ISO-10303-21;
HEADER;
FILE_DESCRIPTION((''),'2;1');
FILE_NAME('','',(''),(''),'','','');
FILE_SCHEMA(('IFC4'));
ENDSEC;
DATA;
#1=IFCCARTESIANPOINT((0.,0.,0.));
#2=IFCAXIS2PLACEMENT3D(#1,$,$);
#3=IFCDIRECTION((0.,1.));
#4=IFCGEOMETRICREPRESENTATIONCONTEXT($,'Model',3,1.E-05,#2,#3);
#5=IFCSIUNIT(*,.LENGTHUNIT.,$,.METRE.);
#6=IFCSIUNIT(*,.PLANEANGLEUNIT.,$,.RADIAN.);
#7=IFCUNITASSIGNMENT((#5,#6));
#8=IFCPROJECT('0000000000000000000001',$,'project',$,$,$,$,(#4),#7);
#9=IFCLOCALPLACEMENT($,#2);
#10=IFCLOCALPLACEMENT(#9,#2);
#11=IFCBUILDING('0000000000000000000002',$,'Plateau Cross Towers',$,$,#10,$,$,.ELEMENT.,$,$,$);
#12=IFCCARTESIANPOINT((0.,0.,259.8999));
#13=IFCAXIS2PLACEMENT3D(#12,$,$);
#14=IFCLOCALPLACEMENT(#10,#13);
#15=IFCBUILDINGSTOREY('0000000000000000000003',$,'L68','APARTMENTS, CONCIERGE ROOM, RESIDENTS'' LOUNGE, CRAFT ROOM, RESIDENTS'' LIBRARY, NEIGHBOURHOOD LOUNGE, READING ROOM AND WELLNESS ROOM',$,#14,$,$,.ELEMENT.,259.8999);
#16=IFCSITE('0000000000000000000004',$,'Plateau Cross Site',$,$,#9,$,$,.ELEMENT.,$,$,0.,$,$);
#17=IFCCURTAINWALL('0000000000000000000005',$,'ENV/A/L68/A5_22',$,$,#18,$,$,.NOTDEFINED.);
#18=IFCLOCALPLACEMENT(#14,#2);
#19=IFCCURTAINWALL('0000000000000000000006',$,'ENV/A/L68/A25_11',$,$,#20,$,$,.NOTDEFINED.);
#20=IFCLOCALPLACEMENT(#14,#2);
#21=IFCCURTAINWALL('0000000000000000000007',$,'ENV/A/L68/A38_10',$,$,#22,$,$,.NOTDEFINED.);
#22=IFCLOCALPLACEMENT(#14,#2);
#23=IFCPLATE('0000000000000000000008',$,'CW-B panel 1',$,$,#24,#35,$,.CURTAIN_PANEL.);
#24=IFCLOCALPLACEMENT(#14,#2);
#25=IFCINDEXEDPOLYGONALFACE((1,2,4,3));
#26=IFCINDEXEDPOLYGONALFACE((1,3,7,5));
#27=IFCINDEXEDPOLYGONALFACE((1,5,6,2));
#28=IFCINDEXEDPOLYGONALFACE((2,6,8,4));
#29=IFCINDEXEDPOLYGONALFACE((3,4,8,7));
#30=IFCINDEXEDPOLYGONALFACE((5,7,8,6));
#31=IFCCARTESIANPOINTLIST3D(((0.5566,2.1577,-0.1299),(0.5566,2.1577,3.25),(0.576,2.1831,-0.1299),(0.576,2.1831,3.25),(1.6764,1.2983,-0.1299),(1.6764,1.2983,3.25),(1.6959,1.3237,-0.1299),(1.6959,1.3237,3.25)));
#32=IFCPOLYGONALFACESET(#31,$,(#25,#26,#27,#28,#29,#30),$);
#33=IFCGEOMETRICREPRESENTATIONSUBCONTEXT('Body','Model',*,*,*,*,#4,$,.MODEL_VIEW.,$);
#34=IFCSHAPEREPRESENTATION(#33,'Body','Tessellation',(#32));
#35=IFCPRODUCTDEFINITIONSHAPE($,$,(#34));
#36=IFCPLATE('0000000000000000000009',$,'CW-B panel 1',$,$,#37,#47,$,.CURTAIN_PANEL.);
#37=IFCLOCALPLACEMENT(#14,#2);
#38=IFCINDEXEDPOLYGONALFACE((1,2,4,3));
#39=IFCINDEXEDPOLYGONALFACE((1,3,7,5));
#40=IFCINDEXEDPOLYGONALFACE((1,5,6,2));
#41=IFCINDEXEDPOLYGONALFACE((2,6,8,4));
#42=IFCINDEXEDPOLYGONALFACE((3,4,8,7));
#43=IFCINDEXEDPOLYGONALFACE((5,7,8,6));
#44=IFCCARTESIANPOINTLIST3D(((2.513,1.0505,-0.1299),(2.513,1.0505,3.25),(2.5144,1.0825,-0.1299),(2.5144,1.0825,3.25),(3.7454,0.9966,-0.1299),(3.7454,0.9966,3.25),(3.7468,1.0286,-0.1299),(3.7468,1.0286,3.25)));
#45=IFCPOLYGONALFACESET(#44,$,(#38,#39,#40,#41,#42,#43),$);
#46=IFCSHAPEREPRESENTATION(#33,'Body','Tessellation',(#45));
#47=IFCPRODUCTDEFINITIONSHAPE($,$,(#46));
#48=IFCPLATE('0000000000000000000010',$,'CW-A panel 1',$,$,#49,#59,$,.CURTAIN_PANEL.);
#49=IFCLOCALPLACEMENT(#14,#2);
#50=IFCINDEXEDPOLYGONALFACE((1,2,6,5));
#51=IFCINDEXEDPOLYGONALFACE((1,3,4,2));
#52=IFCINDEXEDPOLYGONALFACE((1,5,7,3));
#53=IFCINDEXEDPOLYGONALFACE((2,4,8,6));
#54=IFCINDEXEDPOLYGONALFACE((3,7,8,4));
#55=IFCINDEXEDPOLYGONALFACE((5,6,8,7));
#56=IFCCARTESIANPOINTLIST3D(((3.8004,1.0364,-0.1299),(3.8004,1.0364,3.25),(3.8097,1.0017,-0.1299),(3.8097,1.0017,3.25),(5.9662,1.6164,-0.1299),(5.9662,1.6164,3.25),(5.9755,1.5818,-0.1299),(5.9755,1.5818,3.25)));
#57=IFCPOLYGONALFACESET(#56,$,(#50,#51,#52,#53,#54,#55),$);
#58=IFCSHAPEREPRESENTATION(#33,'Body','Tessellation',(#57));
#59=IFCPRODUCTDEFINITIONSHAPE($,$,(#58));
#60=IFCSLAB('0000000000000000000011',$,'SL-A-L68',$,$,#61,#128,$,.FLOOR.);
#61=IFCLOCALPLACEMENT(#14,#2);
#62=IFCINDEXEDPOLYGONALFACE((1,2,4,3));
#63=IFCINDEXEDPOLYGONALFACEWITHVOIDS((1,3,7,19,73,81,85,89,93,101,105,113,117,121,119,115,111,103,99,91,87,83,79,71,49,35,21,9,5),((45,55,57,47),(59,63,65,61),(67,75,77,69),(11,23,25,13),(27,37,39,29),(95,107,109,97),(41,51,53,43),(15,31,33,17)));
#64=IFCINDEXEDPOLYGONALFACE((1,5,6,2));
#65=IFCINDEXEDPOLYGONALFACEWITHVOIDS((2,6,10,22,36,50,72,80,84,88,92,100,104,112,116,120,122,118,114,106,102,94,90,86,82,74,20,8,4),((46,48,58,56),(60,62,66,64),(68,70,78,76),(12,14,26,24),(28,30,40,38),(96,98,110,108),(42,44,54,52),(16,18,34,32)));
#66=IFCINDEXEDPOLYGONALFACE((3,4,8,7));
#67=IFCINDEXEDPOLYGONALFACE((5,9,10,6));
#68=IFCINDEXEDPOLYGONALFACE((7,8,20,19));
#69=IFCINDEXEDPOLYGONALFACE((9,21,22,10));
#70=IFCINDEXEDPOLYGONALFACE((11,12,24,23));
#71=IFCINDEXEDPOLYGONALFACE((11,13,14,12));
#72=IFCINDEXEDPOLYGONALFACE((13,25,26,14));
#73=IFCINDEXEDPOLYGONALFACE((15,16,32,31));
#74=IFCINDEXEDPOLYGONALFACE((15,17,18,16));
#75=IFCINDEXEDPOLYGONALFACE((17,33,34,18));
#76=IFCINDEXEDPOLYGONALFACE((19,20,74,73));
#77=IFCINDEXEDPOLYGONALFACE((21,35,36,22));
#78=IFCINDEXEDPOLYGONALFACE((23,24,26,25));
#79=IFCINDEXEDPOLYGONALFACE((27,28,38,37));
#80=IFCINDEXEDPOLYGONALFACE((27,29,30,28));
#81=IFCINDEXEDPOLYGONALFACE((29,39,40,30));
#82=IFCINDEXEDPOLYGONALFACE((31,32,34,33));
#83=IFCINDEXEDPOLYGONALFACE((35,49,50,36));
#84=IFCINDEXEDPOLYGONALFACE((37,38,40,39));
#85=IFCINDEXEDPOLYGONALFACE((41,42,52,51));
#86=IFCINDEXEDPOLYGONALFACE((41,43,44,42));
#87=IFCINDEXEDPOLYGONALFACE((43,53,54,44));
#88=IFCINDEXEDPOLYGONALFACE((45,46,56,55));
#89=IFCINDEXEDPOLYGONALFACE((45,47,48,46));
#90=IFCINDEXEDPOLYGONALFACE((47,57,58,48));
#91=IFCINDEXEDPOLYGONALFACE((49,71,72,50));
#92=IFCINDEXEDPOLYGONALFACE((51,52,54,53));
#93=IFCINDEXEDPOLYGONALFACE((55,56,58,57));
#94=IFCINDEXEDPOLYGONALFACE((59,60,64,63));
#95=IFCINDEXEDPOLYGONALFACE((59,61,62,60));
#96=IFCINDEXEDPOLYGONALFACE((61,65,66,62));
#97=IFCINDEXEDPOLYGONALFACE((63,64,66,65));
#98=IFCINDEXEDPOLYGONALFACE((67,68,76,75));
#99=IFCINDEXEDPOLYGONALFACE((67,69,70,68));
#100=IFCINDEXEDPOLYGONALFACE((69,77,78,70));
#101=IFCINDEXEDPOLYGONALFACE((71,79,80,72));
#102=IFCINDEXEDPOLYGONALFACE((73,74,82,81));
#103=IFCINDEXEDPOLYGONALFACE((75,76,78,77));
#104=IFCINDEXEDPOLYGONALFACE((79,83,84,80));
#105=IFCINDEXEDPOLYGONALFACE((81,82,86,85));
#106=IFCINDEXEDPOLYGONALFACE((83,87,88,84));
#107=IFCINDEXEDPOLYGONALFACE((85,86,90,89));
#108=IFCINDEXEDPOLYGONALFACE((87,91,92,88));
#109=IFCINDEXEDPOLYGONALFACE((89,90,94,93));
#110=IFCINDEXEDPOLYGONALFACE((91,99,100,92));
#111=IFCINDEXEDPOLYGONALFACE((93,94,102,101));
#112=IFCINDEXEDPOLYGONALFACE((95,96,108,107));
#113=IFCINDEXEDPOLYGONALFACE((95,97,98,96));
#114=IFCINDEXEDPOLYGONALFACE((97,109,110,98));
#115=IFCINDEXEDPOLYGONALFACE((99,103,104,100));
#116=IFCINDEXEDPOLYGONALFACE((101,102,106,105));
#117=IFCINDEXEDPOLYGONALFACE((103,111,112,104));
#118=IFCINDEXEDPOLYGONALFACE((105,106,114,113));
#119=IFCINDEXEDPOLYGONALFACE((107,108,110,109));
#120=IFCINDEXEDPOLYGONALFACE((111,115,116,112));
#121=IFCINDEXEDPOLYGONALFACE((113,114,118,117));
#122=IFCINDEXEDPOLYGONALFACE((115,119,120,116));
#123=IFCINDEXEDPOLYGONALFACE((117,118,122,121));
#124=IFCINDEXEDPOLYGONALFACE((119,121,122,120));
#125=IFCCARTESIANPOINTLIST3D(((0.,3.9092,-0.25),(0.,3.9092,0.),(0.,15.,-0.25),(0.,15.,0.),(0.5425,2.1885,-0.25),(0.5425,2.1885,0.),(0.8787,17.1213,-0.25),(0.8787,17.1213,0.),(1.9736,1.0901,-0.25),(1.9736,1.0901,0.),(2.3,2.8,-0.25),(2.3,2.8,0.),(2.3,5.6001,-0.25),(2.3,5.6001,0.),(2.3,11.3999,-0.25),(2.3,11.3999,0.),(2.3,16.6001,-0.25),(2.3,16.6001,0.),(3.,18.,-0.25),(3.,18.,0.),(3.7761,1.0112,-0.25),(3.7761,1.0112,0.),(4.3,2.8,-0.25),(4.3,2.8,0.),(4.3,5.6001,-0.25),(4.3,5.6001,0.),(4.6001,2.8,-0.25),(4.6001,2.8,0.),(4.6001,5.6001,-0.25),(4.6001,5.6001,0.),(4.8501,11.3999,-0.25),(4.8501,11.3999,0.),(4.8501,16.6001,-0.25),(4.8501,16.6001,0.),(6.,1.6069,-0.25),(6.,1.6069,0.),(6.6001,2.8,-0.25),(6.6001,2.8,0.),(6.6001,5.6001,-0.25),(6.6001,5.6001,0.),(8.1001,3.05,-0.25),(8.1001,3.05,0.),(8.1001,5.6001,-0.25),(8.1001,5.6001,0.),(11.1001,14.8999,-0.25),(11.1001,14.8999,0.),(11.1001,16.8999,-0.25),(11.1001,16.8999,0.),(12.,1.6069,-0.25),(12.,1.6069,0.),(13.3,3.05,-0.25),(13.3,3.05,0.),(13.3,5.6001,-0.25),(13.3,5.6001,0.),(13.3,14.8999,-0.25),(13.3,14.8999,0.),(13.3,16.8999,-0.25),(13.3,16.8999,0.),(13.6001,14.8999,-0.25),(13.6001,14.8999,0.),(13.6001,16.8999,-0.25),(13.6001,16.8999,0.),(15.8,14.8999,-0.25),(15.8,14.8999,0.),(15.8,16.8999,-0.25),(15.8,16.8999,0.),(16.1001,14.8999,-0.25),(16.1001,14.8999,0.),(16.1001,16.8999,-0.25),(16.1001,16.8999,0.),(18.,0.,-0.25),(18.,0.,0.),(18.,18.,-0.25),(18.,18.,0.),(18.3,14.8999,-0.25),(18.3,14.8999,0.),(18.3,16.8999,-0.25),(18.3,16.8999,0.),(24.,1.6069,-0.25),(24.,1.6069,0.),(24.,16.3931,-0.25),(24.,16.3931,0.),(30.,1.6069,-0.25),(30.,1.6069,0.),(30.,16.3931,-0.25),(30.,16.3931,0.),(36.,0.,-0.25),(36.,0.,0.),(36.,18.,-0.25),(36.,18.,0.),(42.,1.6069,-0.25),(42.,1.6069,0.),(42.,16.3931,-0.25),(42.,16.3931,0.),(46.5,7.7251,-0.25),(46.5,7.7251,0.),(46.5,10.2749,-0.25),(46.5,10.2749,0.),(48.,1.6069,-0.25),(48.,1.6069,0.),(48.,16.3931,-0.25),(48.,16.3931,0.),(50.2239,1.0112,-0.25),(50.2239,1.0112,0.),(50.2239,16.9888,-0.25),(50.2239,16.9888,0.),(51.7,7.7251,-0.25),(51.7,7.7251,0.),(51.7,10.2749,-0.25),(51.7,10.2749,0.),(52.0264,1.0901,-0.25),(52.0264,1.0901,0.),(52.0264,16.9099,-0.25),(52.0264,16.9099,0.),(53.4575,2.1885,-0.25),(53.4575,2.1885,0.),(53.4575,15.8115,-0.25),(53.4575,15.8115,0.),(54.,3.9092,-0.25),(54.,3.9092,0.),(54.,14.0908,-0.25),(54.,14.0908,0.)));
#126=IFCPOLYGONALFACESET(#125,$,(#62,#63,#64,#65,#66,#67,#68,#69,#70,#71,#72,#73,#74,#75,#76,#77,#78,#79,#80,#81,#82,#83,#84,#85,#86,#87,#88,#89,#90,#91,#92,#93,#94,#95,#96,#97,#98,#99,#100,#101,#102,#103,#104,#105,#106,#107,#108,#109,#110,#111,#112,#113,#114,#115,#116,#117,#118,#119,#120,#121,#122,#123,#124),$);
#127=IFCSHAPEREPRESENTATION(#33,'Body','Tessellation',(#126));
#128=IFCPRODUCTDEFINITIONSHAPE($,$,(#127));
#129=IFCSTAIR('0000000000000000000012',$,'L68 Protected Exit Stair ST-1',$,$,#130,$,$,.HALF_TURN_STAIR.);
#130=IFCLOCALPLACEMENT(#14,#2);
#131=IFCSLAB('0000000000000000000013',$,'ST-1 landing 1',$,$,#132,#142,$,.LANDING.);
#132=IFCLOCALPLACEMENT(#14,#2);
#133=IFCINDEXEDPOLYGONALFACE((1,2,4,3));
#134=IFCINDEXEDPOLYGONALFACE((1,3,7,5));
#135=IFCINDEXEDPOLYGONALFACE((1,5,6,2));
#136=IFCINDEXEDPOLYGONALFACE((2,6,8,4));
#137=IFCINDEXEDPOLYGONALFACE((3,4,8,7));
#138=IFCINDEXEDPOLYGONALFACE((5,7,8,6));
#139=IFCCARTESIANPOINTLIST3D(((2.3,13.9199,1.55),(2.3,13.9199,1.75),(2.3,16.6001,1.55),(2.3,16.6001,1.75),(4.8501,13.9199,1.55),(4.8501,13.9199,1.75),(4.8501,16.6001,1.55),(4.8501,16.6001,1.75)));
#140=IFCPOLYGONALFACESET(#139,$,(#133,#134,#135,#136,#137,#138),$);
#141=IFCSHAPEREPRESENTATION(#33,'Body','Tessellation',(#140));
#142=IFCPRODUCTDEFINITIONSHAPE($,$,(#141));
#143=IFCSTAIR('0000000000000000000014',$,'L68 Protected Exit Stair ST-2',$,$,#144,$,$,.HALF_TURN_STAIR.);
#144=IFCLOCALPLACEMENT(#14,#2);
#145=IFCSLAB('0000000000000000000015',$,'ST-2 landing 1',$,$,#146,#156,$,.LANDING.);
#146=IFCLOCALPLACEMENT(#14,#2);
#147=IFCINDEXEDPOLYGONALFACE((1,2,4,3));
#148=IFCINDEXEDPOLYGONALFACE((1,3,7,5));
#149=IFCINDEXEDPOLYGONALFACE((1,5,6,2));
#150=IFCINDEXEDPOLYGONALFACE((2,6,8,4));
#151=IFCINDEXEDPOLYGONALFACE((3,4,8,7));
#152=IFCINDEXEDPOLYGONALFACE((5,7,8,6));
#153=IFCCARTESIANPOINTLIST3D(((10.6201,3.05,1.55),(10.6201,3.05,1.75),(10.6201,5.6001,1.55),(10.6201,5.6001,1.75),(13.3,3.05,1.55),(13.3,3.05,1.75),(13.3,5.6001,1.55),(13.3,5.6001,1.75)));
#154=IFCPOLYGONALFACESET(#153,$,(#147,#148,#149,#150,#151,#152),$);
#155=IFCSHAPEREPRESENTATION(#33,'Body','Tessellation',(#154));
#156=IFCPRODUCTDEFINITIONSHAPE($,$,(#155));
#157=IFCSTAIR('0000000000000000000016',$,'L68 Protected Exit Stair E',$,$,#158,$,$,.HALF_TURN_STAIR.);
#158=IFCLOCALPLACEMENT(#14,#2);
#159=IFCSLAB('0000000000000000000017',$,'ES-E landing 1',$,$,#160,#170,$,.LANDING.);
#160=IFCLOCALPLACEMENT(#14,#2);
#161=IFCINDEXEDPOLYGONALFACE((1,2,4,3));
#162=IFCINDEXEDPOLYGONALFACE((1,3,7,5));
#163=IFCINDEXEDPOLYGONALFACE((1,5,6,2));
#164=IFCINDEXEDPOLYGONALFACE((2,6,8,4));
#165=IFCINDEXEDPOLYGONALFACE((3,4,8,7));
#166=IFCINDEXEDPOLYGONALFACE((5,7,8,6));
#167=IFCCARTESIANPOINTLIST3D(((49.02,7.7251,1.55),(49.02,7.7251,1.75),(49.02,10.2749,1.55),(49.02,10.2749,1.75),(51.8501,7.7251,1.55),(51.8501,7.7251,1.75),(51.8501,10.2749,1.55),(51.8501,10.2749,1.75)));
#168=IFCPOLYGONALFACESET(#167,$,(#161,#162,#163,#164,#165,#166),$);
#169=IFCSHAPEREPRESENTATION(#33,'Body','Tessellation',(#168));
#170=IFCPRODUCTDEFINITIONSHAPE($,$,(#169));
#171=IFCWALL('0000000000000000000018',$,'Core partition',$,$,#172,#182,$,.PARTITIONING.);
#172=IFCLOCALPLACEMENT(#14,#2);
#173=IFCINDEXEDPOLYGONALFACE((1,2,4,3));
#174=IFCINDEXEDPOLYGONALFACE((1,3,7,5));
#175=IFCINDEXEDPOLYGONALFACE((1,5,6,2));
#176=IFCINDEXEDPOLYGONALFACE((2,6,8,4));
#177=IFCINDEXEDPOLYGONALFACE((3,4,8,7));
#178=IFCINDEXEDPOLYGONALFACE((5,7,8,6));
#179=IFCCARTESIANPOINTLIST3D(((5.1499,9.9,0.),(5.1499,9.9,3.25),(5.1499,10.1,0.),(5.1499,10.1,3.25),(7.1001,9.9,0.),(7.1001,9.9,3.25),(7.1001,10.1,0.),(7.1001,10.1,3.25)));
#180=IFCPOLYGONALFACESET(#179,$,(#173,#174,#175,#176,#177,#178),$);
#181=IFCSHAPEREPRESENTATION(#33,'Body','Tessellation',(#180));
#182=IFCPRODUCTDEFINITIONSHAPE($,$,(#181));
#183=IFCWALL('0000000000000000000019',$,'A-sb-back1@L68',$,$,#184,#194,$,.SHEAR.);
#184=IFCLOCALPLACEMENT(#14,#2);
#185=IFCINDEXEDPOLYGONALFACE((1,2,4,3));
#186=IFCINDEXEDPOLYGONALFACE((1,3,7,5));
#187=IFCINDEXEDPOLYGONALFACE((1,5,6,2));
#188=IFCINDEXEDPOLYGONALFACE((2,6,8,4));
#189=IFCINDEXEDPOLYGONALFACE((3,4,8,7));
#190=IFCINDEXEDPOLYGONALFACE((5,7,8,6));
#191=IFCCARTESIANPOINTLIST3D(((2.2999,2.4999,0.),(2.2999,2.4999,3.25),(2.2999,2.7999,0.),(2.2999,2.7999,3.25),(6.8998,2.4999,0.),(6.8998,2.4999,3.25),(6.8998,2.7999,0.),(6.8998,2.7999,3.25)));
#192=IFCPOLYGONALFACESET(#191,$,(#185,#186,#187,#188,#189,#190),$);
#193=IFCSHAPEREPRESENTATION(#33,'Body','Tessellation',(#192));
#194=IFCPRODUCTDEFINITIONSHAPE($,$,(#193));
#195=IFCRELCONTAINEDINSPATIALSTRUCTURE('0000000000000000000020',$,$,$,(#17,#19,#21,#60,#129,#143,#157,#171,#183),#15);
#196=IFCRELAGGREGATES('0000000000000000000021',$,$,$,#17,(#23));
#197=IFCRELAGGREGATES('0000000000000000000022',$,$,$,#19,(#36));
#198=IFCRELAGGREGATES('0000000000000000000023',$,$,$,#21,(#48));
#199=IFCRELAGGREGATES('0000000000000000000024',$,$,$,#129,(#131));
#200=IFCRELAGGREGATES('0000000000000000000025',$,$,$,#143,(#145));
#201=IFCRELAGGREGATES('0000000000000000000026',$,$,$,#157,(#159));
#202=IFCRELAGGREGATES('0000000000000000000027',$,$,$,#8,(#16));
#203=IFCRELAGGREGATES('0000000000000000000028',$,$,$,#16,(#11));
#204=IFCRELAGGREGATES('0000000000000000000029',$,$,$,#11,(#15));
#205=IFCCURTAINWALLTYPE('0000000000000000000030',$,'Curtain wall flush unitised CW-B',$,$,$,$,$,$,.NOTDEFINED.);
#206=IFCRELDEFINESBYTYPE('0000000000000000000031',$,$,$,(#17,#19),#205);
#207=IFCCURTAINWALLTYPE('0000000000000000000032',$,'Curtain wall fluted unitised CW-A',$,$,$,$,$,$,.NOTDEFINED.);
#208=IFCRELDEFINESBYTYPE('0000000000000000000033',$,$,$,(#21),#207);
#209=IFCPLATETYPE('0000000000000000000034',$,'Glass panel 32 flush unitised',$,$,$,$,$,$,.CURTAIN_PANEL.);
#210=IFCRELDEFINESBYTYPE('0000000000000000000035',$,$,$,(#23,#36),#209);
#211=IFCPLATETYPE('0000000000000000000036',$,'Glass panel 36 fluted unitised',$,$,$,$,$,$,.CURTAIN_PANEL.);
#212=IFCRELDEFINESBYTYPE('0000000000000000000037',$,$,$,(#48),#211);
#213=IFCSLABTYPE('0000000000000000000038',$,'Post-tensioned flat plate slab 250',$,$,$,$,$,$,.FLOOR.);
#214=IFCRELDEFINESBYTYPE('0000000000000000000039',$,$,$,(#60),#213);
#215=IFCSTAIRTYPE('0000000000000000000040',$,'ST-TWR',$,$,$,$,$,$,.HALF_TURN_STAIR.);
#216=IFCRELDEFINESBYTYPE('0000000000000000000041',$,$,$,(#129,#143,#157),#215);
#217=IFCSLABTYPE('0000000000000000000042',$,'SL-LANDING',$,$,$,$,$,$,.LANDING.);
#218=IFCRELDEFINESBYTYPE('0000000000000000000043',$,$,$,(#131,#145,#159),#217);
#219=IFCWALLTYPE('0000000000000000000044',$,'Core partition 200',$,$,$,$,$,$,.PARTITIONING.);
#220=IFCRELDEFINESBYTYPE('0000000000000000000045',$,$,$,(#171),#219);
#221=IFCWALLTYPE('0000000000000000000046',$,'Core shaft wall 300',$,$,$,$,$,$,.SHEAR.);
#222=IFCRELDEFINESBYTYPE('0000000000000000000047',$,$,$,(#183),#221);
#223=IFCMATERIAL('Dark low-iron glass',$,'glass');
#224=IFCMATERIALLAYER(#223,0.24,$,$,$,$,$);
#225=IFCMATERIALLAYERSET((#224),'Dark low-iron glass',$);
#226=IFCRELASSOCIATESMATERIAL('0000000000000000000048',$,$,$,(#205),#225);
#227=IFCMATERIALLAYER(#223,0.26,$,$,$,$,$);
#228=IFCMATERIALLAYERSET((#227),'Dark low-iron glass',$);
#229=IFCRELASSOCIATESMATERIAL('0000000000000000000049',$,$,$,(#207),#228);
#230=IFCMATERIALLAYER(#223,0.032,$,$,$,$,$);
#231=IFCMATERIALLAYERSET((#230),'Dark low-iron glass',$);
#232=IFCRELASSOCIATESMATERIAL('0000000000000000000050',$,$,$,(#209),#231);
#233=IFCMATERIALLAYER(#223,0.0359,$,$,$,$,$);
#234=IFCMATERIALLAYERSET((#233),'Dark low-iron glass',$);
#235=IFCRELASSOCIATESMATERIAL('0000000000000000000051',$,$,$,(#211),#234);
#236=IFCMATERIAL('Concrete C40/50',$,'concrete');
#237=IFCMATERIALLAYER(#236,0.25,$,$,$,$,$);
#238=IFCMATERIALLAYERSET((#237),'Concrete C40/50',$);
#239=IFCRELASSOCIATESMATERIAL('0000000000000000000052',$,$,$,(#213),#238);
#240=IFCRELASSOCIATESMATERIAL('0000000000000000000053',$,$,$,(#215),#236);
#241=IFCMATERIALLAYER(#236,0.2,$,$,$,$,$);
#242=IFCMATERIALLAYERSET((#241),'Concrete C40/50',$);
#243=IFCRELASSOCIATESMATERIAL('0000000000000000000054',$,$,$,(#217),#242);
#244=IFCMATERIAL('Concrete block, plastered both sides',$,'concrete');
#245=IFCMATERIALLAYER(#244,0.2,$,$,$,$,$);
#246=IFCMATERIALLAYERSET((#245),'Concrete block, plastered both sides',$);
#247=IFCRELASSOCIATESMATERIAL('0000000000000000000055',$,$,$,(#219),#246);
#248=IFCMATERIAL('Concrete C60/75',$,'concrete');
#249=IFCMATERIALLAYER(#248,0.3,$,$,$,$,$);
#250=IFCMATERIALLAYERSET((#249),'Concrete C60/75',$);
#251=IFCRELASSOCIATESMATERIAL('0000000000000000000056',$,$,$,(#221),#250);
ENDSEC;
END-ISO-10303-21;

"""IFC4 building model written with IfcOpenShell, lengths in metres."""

from ifc_helpers import new_model, si_unit, direction, frame, frame_2d, origin, origin_2d, place, context, subcontext, project, spatial, polyline, rectangle, outline, extrude, material, layer, layer_set, type_object, element, aggregate, save


model = new_model("IFC4")

# Units and contexts
model_context = context("Model", 3, precision=1e-05, world=origin(), true_north=direction((0.0, 1.0)))
body_context = subcontext(model_context, "Body", "Model", "MODEL_VIEW")
ifc_project = project(units=[si_unit("LENGTHUNIT", "METRE"), si_unit("PLANEANGLEUNIT", "RADIAN")], contexts=[model_context])

# Site, building, storey
site_placement = place(None, origin())
site = spatial("IfcSite", under=ifc_project, at=site_placement, Name="Plateau Cross Site", CompositionType="ELEMENT", RefElevation=0.0)
building_placement = place(site_placement, origin())
building = spatial("IfcBuilding", under=site, at=building_placement, Name="Plateau Cross Towers", CompositionType="ELEMENT")
storey_placement = place(building_placement, frame((0.0, 0.0, 259.8999)))
storey = spatial("IfcBuildingStorey", under=building, at=storey_placement, Name="L68", Description="APARTMENTS, CONCIERGE ROOM, RESIDENTS' LOUNGE, CRAFT ROOM, RESIDENTS' LIBRARY, NEIGHBOURHOOD LOUNGE, READING ROOM AND WELLNESS ROOM", CompositionType="ELEMENT", Elevation=259.8999)

# Shared definitions
ifc_material_1 = material(Name="Concrete C60/75", Category="concrete")

# Shared definitions
ifc_material_2 = material(Name="Dark low-iron glass", Category="glass")
ifc_layer_1 = layer(ifc_material_2, 0.24)
ifc_layer_set_1 = layer_set([ifc_layer_1], Name="Dark low-iron glass")
curtain_wall_type_1 = type_object("IfcCurtainWallType", Name="Curtain wall flush unitised CW-B", PredefinedType="NOTDEFINED", material=ifc_layer_set_1)

# Curtain wall
curtain_wall_1_placement = place(storey_placement, origin())
curtain_wall_1 = element("IfcCurtainWall", 1, at=curtain_wall_1_placement, inside=storey, type_object=curtain_wall_type_1, Name="ENV/A/L68/A5_22", PredefinedType="NOTDEFINED")

# Curtain walls
curtain_wall_2_placement = place(storey_placement, origin())
curtain_wall_2 = element("IfcCurtainWall", 2, at=curtain_wall_2_placement, inside=storey, type_object=curtain_wall_type_1, Name="ENV/A/L68/A25_11", PredefinedType="NOTDEFINED")
ifc_layer_2 = layer(ifc_material_2, 0.26)
ifc_layer_set_2 = layer_set([ifc_layer_2], Name="Dark low-iron glass")
curtain_wall_type_2 = type_object("IfcCurtainWallType", Name="Curtain wall fluted unitised CW-A", PredefinedType="NOTDEFINED", material=ifc_layer_set_2)
curtain_wall_3_placement = place(storey_placement, origin())
curtain_wall_3 = element("IfcCurtainWall", 3, at=curtain_wall_3_placement, inside=storey, type_object=curtain_wall_type_2, Name="ENV/A/L68/A38_10", PredefinedType="NOTDEFINED")

# Plates
ifc_layer_3 = layer(ifc_material_2, 0.032)
ifc_layer_set_3 = layer_set([ifc_layer_3], Name="Dark low-iron glass")
plate_type_1 = type_object("IfcPlateType", Name="Glass panel 32 flush unitised", PredefinedType="CURTAIN_PANEL", material=ifc_layer_set_3)
plate_1_placement = place(storey_placement, frame((1.1262, 1.7407, -0.1299), z_axis=(0.0, 0.0, 1.0), x_axis=(0.793316, -0.608811, 0.0)))
plate_1 = element("IfcPlate", 4, at=plate_1_placement, type_object=plate_type_1, Name="CW-B panel 1", PredefinedType="CURTAIN_PANEL", context=body_context, shape_type="SweptSolid", body=[
    extrude(rectangle(XDim=1.4116, YDim=0.032, at=origin_2d()), origin(), (0.0, 0.0, 1.0), 3.3799),
])
aggregate(curtain_wall_1, [plate_1])
plate_2_placement = place(storey_placement, frame((3.1299, 1.0396, -0.1299), z_axis=(0.0, 0.0, 1.0), x_axis=(0.999044, -0.043723, 0.0)))
plate_2 = element("IfcPlate", 5, at=plate_2_placement, type_object=plate_type_1, Name="CW-B panel 1", PredefinedType="CURTAIN_PANEL", context=body_context, shape_type="SweptSolid", body=[
    extrude(rectangle(XDim=1.2336, YDim=0.032, at=origin_2d()), origin(), (0.0, 0.0, 1.0), 3.3799),
])
aggregate(curtain_wall_2, [plate_2])
ifc_layer_4 = layer(ifc_material_2, 0.0359)
ifc_layer_set_4 = layer_set([ifc_layer_4], Name="Dark low-iron glass")
plate_type_2 = type_object("IfcPlateType", Name="Glass panel 36 fluted unitised", PredefinedType="CURTAIN_PANEL", material=ifc_layer_set_4)
plate_3_placement = place(storey_placement, frame((4.8879, 1.3091, -0.1299), z_axis=(0.0, 0.0, 1.0), x_axis=(0.965958, 0.258699, 0.0)))
plate_3 = element("IfcPlate", 6, at=plate_3_placement, type_object=plate_type_2, Name="CW-A panel 1", PredefinedType="CURTAIN_PANEL", context=body_context, shape_type="SweptSolid", body=[
    extrude(rectangle(XDim=2.2422, YDim=0.0359, at=origin_2d()), origin(), (0.0, 0.0, 1.0), 3.3799),
])
aggregate(curtain_wall_3, [plate_3])

# Slab
ifc_material_3 = material(Name="Concrete C40/50", Category="concrete")
ifc_layer_5 = layer(ifc_material_3, 0.25)
ifc_layer_set_5 = layer_set([ifc_layer_5], Name="Concrete C40/50")
slab_type_1 = type_object("IfcSlabType", Name="Post-tensioned flat plate slab 250", PredefinedType="FLOOR", material=ifc_layer_set_5)
slab_1_placement = place(storey_placement, frame((0.0, 0.0, -0.25)))
element("IfcSlab", 7, at=slab_1_placement, inside=storey, type_object=slab_type_1, Name="SL-A-L68", PredefinedType="FLOOR", context=body_context, shape_type="SweptSolid", body=[
    extrude(outline(polyline([(1.9736, 1.0901), (0.5425, 2.1885), (0.0, 3.9092), (0.0, 15.0), (0.8787, 17.1213), (3.0, 18.0), (18.0, 18.0), (24.0, 16.3931), (30.0, 16.3931), (36.0, 18.0), (42.0, 16.3931), (48.0, 16.3931), (50.2239, 16.9888), (52.0264, 16.9099), (53.4575, 15.8115), (54.0, 14.0908), (54.0, 3.9092), (53.4575, 2.1885), (52.0264, 1.0901), (50.2239, 1.0112), (48.0, 1.6069), (42.0, 1.6069), (36.0, 0.0), (30.0, 1.6069), (24.0, 1.6069), (18.0, 0.0), (12.0, 1.6069), (6.0, 1.6069), (3.7761, 1.0112), (1.9736, 1.0901)]), holes=[polyline([(4.3, 5.6001), (2.3, 5.6001), (2.3, 2.8), (4.3, 2.8), (4.3, 5.6001)]), polyline([(6.6001, 5.6001), (4.6001, 5.6001), (4.6001, 2.8), (6.6001, 2.8), (6.6001, 5.6001)]), polyline([(13.3, 5.6001), (8.1001, 5.6001), (8.1001, 3.05), (13.3, 3.05), (13.3, 5.6001)]), polyline([(51.7, 10.2749), (46.5, 10.2749), (46.5, 7.7251), (51.7, 7.7251), (51.7, 10.2749)]), polyline([(2.3, 16.6001), (2.3, 11.3999), (4.8501, 11.3999), (4.8501, 16.6001), (2.3, 16.6001)]), polyline([(13.3, 16.8999), (11.1001, 16.8999), (11.1001, 14.8999), (13.3, 14.8999), (13.3, 16.8999)]), polyline([(15.8, 16.8999), (13.6001, 16.8999), (13.6001, 14.8999), (15.8, 14.8999), (15.8, 16.8999)]), polyline([(18.3, 16.8999), (16.1001, 16.8999), (16.1001, 14.8999), (18.3, 14.8999), (18.3, 16.8999)])]), origin(), (0.0, 0.0, 1.0), 0.25),
])

# Stairs, slabs
stair_type = type_object("IfcStairType", Name="ST-TWR", PredefinedType="HALF_TURN_STAIR", material=ifc_material_3)
stair_1_placement = place(storey_placement, origin())
stair_1 = element("IfcStair", 8, at=stair_1_placement, inside=storey, type_object=stair_type, Name="L68 Protected Exit Stair ST-1", PredefinedType="HALF_TURN_STAIR")
ifc_layer_6 = layer(ifc_material_3, 0.2)
ifc_layer_set_6 = layer_set([ifc_layer_6], Name="Concrete C40/50")
slab_type_2 = type_object("IfcSlabType", Name="SL-LANDING", PredefinedType="LANDING", material=ifc_layer_set_6)
slab_2_placement = place(storey_placement, frame((0.0, 0.0, 1.55)))
slab_2 = element("IfcSlab", 9, at=slab_2_placement, type_object=slab_type_2, Name="ST-1 landing 1", PredefinedType="LANDING", context=body_context, shape_type="SweptSolid", body=[
    extrude(outline(polyline([(4.8501, 13.9199), (4.8501, 16.6001), (2.3, 16.6001), (2.3, 13.9199), (4.8501, 13.9199)])), origin(), (0.0, 0.0, 1.0), 0.2),
])
aggregate(stair_1, [slab_2])
stair_2_placement = place(storey_placement, origin())
stair_2 = element("IfcStair", 10, at=stair_2_placement, inside=storey, type_object=stair_type, Name="L68 Protected Exit Stair ST-2", PredefinedType="HALF_TURN_STAIR")
slab_3_placement = place(storey_placement, frame((0.0, 0.0, 1.55)))
slab_3 = element("IfcSlab", 11, at=slab_3_placement, type_object=slab_type_2, Name="ST-2 landing 1", PredefinedType="LANDING", context=body_context, shape_type="SweptSolid", body=[
    extrude(outline(polyline([(10.6201, 3.05), (13.3, 3.05), (13.3, 5.6001), (10.6201, 5.6001), (10.6201, 3.05)])), origin(), (0.0, 0.0, 1.0), 0.2),
])
aggregate(stair_2, [slab_3])
stair_3_placement = place(storey_placement, origin())
stair_3 = element("IfcStair", 12, at=stair_3_placement, inside=storey, type_object=stair_type, Name="L68 Protected Exit Stair E", PredefinedType="HALF_TURN_STAIR")
slab_4_placement = place(storey_placement, frame((0.0, 0.0, 1.55)))
slab_4 = element("IfcSlab", 13, at=slab_4_placement, type_object=slab_type_2, Name="ES-E landing 1", PredefinedType="LANDING", context=body_context, shape_type="SweptSolid", body=[
    extrude(outline(polyline([(49.02, 7.7251), (51.8501, 7.7251), (51.8501, 10.2749), (49.02, 10.2749), (49.02, 7.7251)])), origin(), (0.0, 0.0, 1.0), 0.2),
])
aggregate(stair_3, [slab_4])

# Walls
ifc_material_4 = material(Name="Concrete block, plastered both sides", Category="concrete")
ifc_layer_7 = layer(ifc_material_4, 0.2)
ifc_layer_set_7 = layer_set([ifc_layer_7], Name="Concrete block, plastered both sides")
wall_type_1 = type_object("IfcWallType", Name="Core partition 200", PredefinedType="PARTITIONING", material=ifc_layer_set_7)
wall_1_placement = place(storey_placement, frame((5.1499, 10.0, 0.0), z_axis=(0.0, 0.0, 1.0), x_axis=(1.0, 0.0, 0.0)))
element("IfcWall", 14, at=wall_1_placement, inside=storey, type_object=wall_type_1, Name="Core partition", PredefinedType="PARTITIONING", context=body_context, shape_type="SweptSolid", body=[
    extrude(rectangle(XDim=1.9502, YDim=0.2, at=frame_2d((0.9751, 0.0))), origin(), (0.0, 0.0, 1.0), 3.25),
])
ifc_layer_8 = layer(ifc_material_1, 0.3)
ifc_layer_set_8 = layer_set([ifc_layer_8], Name="Concrete C60/75")
wall_type_2 = type_object("IfcWallType", Name="Core shaft wall 300", PredefinedType="SHEAR", material=ifc_layer_set_8)
wall_2_placement = place(storey_placement, frame((2.3, 2.6499, 0.0), z_axis=(0.0, 0.0, 1.0), x_axis=(1.0, 0.0, 0.0)))
element("IfcWall", 15, at=wall_2_placement, inside=storey, type_object=wall_type_2, Name="A-sb-back1@L68", PredefinedType="SHEAR", context=body_context, shape_type="SweptSolid", body=[
    extrude(rectangle(XDim=4.5999, YDim=0.3, at=frame_2d((2.2998, 0.0))), origin(), (0.0, 0.0, 1.0), 3.25),
])

save(model, "model.ifc")
